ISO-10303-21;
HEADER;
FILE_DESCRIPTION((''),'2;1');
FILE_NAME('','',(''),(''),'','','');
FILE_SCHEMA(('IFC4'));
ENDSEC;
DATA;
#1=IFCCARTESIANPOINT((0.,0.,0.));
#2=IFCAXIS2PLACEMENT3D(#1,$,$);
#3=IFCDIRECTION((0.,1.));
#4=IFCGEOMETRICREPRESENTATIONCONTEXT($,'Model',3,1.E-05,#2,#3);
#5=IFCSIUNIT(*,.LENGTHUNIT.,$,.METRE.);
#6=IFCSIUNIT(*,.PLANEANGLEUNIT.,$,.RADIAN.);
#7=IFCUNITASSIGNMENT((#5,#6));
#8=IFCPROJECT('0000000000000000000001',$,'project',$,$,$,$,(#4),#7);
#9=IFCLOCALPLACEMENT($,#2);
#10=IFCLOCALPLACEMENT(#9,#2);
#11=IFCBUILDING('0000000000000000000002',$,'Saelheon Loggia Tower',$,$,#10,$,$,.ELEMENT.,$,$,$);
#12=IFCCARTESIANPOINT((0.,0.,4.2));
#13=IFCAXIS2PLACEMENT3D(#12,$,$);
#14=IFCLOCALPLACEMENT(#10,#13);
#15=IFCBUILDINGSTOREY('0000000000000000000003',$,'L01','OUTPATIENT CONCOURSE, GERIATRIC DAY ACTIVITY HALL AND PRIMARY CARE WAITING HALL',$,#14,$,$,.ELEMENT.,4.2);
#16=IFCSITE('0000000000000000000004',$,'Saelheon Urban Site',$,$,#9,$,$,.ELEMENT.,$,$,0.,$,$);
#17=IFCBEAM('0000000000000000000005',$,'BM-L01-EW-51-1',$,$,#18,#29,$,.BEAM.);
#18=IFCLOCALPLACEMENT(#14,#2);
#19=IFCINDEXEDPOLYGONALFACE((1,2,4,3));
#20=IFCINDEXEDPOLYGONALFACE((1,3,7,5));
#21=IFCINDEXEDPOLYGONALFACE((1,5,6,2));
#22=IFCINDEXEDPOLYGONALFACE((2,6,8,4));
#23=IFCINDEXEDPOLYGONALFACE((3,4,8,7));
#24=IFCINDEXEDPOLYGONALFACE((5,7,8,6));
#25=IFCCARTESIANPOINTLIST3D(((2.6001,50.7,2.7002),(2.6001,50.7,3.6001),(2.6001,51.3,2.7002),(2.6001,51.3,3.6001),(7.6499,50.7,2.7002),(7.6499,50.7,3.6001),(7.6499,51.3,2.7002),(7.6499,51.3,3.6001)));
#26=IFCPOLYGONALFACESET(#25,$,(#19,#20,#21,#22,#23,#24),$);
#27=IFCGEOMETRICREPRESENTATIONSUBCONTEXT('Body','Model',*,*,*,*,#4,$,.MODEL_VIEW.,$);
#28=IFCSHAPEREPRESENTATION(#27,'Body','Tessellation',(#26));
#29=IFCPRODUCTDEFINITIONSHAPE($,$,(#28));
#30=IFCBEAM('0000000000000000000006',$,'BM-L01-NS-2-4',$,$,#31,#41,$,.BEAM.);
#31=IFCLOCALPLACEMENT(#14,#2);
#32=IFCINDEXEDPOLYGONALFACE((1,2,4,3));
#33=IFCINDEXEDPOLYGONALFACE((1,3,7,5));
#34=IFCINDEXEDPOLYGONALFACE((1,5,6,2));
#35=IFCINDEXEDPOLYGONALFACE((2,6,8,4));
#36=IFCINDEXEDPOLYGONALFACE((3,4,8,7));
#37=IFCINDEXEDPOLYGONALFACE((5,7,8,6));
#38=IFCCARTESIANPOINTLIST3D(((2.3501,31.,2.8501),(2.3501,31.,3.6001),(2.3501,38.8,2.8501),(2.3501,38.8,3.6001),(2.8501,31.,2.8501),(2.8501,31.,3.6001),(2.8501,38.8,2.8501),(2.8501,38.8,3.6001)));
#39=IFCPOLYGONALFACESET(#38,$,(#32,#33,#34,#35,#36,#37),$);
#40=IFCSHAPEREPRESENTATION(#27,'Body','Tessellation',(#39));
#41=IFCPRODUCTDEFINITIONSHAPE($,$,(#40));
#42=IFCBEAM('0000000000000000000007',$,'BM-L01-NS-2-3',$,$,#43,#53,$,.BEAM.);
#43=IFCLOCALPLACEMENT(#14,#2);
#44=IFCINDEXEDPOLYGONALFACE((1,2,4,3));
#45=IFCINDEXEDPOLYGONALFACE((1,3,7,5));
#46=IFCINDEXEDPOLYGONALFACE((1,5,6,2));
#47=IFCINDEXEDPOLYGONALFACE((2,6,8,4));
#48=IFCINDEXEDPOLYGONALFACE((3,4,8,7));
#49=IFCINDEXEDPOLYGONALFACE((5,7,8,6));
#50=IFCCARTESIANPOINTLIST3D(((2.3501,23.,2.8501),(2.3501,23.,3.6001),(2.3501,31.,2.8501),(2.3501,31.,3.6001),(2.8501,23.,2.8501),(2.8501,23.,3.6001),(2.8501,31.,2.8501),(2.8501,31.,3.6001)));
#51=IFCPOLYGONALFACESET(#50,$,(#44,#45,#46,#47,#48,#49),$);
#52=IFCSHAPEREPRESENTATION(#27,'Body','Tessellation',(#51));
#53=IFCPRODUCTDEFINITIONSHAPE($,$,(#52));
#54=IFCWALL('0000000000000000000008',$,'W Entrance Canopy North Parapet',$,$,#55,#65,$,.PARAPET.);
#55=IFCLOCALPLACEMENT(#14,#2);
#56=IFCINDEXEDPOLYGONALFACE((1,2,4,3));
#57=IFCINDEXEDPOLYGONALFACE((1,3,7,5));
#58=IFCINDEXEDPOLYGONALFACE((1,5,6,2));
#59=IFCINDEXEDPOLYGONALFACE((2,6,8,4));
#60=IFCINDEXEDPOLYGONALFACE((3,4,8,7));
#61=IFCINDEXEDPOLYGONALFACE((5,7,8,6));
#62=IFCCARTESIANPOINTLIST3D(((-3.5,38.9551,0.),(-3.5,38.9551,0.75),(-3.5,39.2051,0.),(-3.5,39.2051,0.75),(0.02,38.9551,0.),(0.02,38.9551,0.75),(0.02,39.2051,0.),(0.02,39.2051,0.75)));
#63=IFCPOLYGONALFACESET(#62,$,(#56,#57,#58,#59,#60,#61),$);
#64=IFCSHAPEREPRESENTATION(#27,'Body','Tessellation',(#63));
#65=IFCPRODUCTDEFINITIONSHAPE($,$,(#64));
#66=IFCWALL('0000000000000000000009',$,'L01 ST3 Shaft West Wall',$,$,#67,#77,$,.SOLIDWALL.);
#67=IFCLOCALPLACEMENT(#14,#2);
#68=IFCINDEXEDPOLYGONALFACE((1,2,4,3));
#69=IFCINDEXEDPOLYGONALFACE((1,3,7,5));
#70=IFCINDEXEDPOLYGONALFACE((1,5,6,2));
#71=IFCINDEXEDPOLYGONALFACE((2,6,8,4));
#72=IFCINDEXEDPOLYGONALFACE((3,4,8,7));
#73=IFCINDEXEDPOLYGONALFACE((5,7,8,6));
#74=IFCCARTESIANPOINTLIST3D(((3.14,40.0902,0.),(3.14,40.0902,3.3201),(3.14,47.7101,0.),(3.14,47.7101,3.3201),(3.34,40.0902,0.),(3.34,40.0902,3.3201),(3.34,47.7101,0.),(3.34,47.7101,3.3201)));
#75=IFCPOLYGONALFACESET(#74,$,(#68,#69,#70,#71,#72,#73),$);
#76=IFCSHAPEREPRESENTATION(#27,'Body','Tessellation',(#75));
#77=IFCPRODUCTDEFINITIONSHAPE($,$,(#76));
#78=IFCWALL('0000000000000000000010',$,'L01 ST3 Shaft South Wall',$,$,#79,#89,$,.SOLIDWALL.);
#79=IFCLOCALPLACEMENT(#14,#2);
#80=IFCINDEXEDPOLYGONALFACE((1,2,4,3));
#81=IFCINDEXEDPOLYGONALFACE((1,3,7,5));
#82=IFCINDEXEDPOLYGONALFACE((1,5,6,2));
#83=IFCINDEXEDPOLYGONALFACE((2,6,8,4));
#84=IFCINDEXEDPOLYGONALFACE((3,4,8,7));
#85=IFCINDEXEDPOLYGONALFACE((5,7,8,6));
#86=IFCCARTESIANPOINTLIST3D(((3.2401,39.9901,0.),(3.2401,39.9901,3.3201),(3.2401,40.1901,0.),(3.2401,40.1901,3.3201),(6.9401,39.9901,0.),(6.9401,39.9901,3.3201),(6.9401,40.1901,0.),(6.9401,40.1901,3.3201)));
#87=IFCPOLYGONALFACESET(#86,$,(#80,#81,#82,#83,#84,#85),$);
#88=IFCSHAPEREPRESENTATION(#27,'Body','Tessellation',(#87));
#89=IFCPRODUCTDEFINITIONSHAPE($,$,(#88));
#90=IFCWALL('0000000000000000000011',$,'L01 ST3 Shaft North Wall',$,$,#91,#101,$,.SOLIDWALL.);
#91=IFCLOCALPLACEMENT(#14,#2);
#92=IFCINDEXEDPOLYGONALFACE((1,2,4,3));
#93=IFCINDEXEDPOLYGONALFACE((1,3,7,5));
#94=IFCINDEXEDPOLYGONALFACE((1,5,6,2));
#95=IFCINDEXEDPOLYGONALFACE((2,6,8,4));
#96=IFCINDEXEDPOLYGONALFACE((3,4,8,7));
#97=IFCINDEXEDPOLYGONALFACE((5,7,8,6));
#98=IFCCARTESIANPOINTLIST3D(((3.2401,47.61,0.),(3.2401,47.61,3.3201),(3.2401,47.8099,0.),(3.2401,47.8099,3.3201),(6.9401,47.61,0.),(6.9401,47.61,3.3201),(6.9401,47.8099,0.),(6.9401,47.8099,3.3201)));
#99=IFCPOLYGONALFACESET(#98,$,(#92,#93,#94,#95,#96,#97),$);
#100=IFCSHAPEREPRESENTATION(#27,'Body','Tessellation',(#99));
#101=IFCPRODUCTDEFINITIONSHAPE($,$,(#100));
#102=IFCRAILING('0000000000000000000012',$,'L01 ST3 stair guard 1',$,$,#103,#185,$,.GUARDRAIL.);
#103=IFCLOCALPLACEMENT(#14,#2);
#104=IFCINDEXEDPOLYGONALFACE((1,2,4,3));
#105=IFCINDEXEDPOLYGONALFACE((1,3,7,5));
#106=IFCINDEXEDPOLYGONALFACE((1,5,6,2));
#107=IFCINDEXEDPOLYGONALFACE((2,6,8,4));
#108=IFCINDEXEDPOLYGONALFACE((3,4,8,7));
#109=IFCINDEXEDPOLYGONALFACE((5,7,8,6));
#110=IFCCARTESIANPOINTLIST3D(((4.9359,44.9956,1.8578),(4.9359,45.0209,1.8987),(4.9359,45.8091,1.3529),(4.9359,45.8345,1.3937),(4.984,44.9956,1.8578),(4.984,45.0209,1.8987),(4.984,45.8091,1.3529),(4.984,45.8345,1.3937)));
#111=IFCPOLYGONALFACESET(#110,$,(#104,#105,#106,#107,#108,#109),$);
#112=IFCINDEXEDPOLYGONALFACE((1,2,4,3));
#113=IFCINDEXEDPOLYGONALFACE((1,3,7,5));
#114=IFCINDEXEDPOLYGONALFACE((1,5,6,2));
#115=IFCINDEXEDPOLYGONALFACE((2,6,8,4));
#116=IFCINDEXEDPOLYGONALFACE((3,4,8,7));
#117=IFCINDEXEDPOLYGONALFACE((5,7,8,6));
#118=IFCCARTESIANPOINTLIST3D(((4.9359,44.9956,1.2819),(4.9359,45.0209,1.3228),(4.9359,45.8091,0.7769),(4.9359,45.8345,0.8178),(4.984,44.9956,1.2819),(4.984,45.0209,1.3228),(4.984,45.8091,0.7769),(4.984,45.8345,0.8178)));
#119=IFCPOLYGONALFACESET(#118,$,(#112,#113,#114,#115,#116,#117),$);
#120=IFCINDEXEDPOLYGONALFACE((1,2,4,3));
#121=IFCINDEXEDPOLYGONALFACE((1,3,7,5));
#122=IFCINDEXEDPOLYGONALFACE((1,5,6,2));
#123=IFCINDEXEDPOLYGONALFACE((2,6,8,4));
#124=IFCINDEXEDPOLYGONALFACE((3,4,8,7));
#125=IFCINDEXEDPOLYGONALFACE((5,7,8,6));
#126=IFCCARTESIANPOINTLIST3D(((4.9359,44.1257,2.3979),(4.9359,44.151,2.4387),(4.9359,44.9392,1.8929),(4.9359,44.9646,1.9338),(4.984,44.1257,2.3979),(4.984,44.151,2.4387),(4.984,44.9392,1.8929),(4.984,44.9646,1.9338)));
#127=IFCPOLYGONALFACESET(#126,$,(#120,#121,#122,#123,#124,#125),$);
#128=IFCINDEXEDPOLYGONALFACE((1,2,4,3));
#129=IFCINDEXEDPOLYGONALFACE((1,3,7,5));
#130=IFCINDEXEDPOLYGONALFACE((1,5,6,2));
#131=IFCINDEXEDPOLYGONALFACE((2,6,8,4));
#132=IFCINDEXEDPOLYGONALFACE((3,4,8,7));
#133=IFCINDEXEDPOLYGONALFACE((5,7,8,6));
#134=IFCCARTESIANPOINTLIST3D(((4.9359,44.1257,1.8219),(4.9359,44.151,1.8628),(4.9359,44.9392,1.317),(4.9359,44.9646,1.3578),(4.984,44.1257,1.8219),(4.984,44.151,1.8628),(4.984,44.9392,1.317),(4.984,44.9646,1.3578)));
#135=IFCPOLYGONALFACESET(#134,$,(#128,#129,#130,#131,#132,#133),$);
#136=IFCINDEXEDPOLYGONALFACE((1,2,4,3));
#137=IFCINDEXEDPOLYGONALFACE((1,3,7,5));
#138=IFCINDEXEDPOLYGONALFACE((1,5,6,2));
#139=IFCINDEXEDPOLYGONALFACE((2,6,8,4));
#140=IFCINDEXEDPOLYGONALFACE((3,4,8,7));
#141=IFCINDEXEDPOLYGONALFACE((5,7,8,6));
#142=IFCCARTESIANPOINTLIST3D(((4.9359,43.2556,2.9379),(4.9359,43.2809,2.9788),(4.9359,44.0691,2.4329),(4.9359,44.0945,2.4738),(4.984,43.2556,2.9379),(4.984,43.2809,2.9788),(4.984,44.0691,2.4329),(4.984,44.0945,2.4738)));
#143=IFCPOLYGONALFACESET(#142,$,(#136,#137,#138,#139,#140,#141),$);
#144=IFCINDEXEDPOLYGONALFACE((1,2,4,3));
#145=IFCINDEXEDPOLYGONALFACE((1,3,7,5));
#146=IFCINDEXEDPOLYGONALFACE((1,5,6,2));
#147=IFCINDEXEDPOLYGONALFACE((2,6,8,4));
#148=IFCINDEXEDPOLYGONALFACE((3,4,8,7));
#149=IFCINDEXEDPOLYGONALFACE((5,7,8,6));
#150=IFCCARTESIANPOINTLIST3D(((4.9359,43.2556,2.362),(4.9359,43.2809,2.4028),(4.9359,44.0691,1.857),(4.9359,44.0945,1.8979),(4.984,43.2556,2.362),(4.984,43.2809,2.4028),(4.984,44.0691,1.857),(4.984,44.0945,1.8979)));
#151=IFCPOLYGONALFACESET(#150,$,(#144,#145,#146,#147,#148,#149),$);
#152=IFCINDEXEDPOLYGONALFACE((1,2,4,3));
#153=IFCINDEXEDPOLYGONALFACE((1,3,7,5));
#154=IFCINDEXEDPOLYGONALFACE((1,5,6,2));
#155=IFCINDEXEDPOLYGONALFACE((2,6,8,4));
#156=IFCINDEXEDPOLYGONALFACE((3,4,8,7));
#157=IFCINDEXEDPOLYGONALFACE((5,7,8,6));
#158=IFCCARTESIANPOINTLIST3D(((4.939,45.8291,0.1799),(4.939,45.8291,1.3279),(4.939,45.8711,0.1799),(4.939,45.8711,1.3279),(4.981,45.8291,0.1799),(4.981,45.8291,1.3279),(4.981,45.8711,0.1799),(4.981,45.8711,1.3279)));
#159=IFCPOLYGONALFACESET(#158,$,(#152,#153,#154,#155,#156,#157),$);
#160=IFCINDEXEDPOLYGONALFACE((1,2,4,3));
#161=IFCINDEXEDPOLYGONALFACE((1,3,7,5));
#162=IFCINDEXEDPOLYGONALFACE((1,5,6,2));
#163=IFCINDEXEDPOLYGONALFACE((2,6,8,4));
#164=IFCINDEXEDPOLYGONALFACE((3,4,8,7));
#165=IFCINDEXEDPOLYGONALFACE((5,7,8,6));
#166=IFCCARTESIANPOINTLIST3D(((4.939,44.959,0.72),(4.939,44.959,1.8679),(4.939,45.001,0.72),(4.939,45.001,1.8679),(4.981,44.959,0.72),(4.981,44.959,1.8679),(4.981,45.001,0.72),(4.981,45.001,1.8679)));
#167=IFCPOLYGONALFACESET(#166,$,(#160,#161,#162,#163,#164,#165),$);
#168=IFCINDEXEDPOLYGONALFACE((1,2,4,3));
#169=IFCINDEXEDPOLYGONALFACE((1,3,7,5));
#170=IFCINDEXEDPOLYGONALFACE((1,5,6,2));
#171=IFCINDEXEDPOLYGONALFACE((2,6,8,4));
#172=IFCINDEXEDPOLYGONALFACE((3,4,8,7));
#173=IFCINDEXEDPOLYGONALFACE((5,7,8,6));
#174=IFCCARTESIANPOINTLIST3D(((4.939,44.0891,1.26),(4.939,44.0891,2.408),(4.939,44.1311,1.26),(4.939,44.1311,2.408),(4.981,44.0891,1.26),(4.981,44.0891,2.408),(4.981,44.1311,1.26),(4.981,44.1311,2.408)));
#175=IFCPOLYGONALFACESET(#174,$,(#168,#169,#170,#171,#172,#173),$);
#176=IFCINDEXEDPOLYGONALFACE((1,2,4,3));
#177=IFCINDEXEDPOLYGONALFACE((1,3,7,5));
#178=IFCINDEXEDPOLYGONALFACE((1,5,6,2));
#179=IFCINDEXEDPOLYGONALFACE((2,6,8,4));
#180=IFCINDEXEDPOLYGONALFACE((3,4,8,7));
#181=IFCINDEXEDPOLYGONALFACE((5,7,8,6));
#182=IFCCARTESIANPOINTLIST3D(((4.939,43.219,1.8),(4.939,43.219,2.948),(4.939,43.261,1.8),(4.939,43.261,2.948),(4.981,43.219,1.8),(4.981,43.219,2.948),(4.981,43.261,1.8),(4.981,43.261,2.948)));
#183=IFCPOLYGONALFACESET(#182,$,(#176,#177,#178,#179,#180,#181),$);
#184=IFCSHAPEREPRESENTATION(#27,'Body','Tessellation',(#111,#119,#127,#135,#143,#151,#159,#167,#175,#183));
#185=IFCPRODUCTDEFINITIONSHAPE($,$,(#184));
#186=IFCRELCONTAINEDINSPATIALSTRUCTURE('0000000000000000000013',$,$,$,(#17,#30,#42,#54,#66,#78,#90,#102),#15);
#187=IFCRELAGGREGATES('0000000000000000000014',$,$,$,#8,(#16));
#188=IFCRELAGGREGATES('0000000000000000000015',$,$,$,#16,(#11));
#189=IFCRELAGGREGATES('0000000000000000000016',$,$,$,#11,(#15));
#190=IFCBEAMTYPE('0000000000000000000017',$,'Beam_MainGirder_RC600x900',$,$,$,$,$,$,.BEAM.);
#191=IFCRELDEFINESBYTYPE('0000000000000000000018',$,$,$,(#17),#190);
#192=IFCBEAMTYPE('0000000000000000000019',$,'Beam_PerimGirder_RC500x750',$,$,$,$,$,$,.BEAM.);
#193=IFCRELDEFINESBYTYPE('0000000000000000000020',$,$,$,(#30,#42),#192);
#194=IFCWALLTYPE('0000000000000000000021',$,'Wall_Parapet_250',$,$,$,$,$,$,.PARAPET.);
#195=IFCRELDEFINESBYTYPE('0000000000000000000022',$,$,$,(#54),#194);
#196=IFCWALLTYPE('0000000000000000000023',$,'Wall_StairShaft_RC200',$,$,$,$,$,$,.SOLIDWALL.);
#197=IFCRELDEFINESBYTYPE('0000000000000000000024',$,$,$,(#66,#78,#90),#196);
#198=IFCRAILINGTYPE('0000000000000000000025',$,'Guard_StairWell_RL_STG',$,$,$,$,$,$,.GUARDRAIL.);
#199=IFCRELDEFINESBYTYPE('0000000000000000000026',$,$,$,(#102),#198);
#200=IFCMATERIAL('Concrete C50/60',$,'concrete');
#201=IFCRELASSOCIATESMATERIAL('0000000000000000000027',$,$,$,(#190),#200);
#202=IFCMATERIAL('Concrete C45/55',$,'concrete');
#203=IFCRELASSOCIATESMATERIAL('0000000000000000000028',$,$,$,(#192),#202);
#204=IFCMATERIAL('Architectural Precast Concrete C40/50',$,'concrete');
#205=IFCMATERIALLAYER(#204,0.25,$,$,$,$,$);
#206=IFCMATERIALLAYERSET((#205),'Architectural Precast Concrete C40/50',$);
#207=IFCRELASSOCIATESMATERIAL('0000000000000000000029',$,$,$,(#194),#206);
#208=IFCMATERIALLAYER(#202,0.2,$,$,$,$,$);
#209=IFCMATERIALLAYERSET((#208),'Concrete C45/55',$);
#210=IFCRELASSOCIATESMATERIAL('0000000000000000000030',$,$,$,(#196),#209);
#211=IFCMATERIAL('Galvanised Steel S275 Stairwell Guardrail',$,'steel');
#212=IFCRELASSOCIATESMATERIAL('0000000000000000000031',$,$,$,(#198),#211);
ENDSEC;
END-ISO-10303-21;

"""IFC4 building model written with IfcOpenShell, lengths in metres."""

from ifc_helpers import new_model, si_unit, direction, frame, frame_2d, origin, origin_2d, place, context, subcontext, project, spatial, rectangle, extrude, source, transform, mapped, material, layer, layer_set, material_profile, profile_set, type_object, element, save


model = new_model("IFC4")

# Units and contexts
model_context = context("Model", 3, precision=1e-05, world=origin(), true_north=direction((0.0, 1.0)))
body_context = subcontext(model_context, "Body", "Model", "MODEL_VIEW")
ifc_project = project(units=[si_unit("LENGTHUNIT", "METRE"), si_unit("PLANEANGLEUNIT", "RADIAN")], contexts=[model_context])

# Site, building, storey
site_placement = place(None, origin())
site = spatial("IfcSite", under=ifc_project, at=site_placement, Name="Saelheon Urban Site", CompositionType="ELEMENT", RefElevation=0.0)
building_placement = place(site_placement, origin())
building = spatial("IfcBuilding", under=site, at=building_placement, Name="Saelheon Loggia Tower", CompositionType="ELEMENT")
storey_placement = place(building_placement, frame((0.0, 0.0, 4.2)))
storey = spatial("IfcBuildingStorey", under=building, at=storey_placement, Name="L01", Description="OUTPATIENT CONCOURSE, GERIATRIC DAY ACTIVITY HALL AND PRIMARY CARE WAITING HALL", CompositionType="ELEMENT", Elevation=4.2)

# Shared definitions
ifc_material_1 = material(Name="Concrete C50/60", Category="concrete")

# Beams
ifc_material_profile_1 = material_profile(ifc_material_1, rectangle(XDim=0.6001, YDim=0.8999, at=origin_2d()), Name="RC-600x900")
ifc_profile_set_1 = profile_set([ifc_material_profile_1], Name="Concrete C50/60")
beam_type_1 = type_object("IfcBeamType", Name="Beam_MainGirder_RC600x900", PredefinedType="BEAM", material=ifc_profile_set_1)
shared_shape_1 = source(origin(), body_context, "Body", "SweptSolid", [
    extrude(rectangle(XDim=0.6001, YDim=0.8999, at=origin_2d()), origin(), (0.0, 0.0, 1.0), 5.0498),
])
beam_1_placement = place(storey_placement, frame((2.6001, 51.0, 3.1501), z_axis=(1.0, 0.0, 0.0), x_axis=(0.0, 1.0, 0.0)))
element("IfcBeam", 1, at=beam_1_placement, inside=storey, type_object=beam_type_1, Name="BM-L01-EW-51-1", PredefinedType="BEAM", context=body_context, shape_type="MappedRepresentation", body=[
    mapped(shared_shape_1, transform((0.0, 0.0, 0.0), scale=1.0)),
])
ifc_material_2 = material(Name="Concrete C45/55", Category="concrete")
ifc_material_profile_2 = material_profile(ifc_material_2, rectangle(XDim=0.5, YDim=0.75, at=origin_2d()), Name="RC-500x750")
ifc_profile_set_2 = profile_set([ifc_material_profile_2], Name="Concrete C45/55")
beam_type_2 = type_object("IfcBeamType", Name="Beam_PerimGirder_RC500x750", PredefinedType="BEAM", material=ifc_profile_set_2)
shared_shape_2 = source(origin(), body_context, "Body", "SweptSolid", [
    extrude(rectangle(XDim=0.5, YDim=0.75, at=origin_2d()), origin(), (0.0, 0.0, 1.0), 7.8),
])
beam_2_placement = place(storey_placement, frame((2.6001, 31.0, 3.2251), z_axis=(0.0, 1.0, 0.0), x_axis=(-1.0, 0.0, 0.0)))
element("IfcBeam", 2, at=beam_2_placement, inside=storey, type_object=beam_type_2, Name="BM-L01-NS-2-4", PredefinedType="BEAM", context=body_context, shape_type="MappedRepresentation", body=[
    mapped(shared_shape_2, transform((0.0, 0.0, 0.0), scale=1.0)),
])
shared_shape_3 = source(origin(), body_context, "Body", "SweptSolid", [
    extrude(rectangle(XDim=0.5, YDim=0.75, at=origin_2d()), origin(), (0.0, 0.0, 1.0), 8.0),
])
beam_3_placement = place(storey_placement, frame((2.6001, 23.0, 3.2251), z_axis=(0.0, 1.0, 0.0), x_axis=(-1.0, 0.0, 0.0)))
element("IfcBeam", 3, at=beam_3_placement, inside=storey, type_object=beam_type_2, Name="BM-L01-NS-2-3", PredefinedType="BEAM", context=body_context, shape_type="MappedRepresentation", body=[
    mapped(shared_shape_3, transform((0.0, 0.0, 0.0), scale=1.0)),
])

# Walls
ifc_material_3 = material(Name="Architectural Precast Concrete C40/50", Category="concrete")
ifc_layer_1 = layer(ifc_material_3, 0.25)
ifc_layer_set_1 = layer_set([ifc_layer_1], Name="Architectural Precast Concrete C40/50")
wall_type_1 = type_object("IfcWallType", Name="Wall_Parapet_250", PredefinedType="PARAPET", material=ifc_layer_set_1)
wall_1_placement = place(storey_placement, frame((-3.5, 39.0801, 0.0), z_axis=(0.0, 0.0, 1.0), x_axis=(1.0, 0.0, 0.0)))
element("IfcWall", 4, at=wall_1_placement, inside=storey, type_object=wall_type_1, Name="W Entrance Canopy North Parapet", PredefinedType="PARAPET", context=body_context, shape_type="SweptSolid", body=[
    extrude(rectangle(XDim=3.52, YDim=0.25, at=frame_2d((1.76, 0.0))), origin(), (0.0, 0.0, 1.0), 0.75),
])
ifc_layer_2 = layer(ifc_material_2, 0.2)
ifc_layer_set_2 = layer_set([ifc_layer_2], Name="Concrete C45/55")
wall_type_2 = type_object("IfcWallType", Name="Wall_StairShaft_RC200", PredefinedType="SOLIDWALL", material=ifc_layer_set_2)
wall_2_placement = place(storey_placement, frame((3.24, 40.0901, 0.0), z_axis=(0.0, 0.0, 1.0), x_axis=(0.0, 1.0, 0.0)))
element("IfcWall", 5, at=wall_2_placement, inside=storey, type_object=wall_type_2, Name="L01 ST3 Shaft West Wall", PredefinedType="SOLIDWALL", context=body_context, shape_type="SweptSolid", body=[
    extrude(rectangle(XDim=7.6199, YDim=0.2, at=frame_2d((3.8101, 0.0))), origin(), (0.0, 0.0, 1.0), 3.3201),
])
for number, where, z_axis, x_axis, name in (
    (6, (3.24, 40.0901, 0.0), (0.0, 0.0, 1.0), (1.0, 0.0, 0.0), "L01 ST3 Shaft South Wall"),
    (7, (3.24, 47.71, 0.0), (0.0, 0.0, 1.0), (1.0, 0.0, 0.0), "L01 ST3 Shaft North Wall"),
):
    element("IfcWall", number, at=place(storey_placement, frame(where, z_axis=z_axis, x_axis=x_axis)), inside=storey, type_object=wall_type_2, Name=name, PredefinedType="SOLIDWALL", context=body_context, shape_type="SweptSolid", body=[
        extrude(rectangle(XDim=3.7, YDim=0.2, at=frame_2d((1.8501, 0.0))), origin(), (0.0, 0.0, 1.0), 3.3201),
    ])

# Railing
ifc_material_4 = material(Name="Galvanised Steel S275 Stairwell Guardrail", Category="steel")
railing_type_1 = type_object("IfcRailingType", Name="Guard_StairWell_RL_STG", PredefinedType="GUARDRAIL", material=ifc_material_4)
railing_1_placement = place(storey_placement, frame((4.96, 45.8501, 0.1799)))
element("IfcRailing", 8, at=railing_1_placement, inside=storey, type_object=railing_type_1, Name="L01 ST3 stair guard 1", PredefinedType="GUARDRAIL", context=body_context, shape_type="SweptSolid", body=[
    extrude(rectangle(XDim=0.0481, YDim=0.0481, at=origin_2d()), frame((0.0, -0.0283, 1.1934), z_axis=(0.0, -0.849633, 0.527375), x_axis=(1.0, 0.0, 0.0)), (0.0, 0.0, 1.0), 0.9575),
    extrude(rectangle(XDim=0.0481, YDim=0.0481, at=origin_2d()), frame((0.0, -0.0283, 0.6174), z_axis=(0.0, -0.849633, 0.527375), x_axis=(1.0, 0.0, 0.0)), (0.0, 0.0, 1.0), 0.9575),
    extrude(rectangle(XDim=0.0481, YDim=0.0481, at=origin_2d()), frame((0.0, -0.8982, 1.7334), z_axis=(0.0, -0.849633, 0.527375), x_axis=(1.0, 0.0, 0.0)), (0.0, 0.0, 1.0), 0.9575),
    extrude(rectangle(XDim=0.0481, YDim=0.0481, at=origin_2d()), frame((0.0, -0.8982, 1.1575), z_axis=(0.0, -0.849633, 0.527375), x_axis=(1.0, 0.0, 0.0)), (0.0, 0.0, 1.0), 0.9575),
    extrude(rectangle(XDim=0.0481, YDim=0.0481, at=origin_2d()), frame((0.0, -1.7683, 2.2734), z_axis=(0.0, -0.849633, 0.527375), x_axis=(1.0, 0.0, 0.0)), (0.0, 0.0, 1.0), 0.9575),
    extrude(rectangle(XDim=0.0481, YDim=0.0481, at=origin_2d()), frame((0.0, -1.7683, 1.6975), z_axis=(0.0, -0.849633, 0.527375), x_axis=(1.0, 0.0, 0.0)), (0.0, 0.0, 1.0), 0.9575),
    extrude(rectangle(XDim=0.042, YDim=0.042, at=origin_2d()), origin(), (0.0, 0.0, 1.0), 1.1479),
    extrude(rectangle(XDim=0.042, YDim=0.042, at=origin_2d()), frame((0.0, -0.8701, 0.54)), (0.0, 0.0, 1.0), 1.1479),
    extrude(rectangle(XDim=0.042, YDim=0.042, at=origin_2d()), frame((0.0, -1.74, 1.0801)), (0.0, 0.0, 1.0), 1.1479),
    extrude(rectangle(XDim=0.042, YDim=0.042, at=origin_2d()), frame((0.0, -2.6101, 1.6201)), (0.0, 0.0, 1.0), 1.1479),
])

save(model, "model.ifc")
